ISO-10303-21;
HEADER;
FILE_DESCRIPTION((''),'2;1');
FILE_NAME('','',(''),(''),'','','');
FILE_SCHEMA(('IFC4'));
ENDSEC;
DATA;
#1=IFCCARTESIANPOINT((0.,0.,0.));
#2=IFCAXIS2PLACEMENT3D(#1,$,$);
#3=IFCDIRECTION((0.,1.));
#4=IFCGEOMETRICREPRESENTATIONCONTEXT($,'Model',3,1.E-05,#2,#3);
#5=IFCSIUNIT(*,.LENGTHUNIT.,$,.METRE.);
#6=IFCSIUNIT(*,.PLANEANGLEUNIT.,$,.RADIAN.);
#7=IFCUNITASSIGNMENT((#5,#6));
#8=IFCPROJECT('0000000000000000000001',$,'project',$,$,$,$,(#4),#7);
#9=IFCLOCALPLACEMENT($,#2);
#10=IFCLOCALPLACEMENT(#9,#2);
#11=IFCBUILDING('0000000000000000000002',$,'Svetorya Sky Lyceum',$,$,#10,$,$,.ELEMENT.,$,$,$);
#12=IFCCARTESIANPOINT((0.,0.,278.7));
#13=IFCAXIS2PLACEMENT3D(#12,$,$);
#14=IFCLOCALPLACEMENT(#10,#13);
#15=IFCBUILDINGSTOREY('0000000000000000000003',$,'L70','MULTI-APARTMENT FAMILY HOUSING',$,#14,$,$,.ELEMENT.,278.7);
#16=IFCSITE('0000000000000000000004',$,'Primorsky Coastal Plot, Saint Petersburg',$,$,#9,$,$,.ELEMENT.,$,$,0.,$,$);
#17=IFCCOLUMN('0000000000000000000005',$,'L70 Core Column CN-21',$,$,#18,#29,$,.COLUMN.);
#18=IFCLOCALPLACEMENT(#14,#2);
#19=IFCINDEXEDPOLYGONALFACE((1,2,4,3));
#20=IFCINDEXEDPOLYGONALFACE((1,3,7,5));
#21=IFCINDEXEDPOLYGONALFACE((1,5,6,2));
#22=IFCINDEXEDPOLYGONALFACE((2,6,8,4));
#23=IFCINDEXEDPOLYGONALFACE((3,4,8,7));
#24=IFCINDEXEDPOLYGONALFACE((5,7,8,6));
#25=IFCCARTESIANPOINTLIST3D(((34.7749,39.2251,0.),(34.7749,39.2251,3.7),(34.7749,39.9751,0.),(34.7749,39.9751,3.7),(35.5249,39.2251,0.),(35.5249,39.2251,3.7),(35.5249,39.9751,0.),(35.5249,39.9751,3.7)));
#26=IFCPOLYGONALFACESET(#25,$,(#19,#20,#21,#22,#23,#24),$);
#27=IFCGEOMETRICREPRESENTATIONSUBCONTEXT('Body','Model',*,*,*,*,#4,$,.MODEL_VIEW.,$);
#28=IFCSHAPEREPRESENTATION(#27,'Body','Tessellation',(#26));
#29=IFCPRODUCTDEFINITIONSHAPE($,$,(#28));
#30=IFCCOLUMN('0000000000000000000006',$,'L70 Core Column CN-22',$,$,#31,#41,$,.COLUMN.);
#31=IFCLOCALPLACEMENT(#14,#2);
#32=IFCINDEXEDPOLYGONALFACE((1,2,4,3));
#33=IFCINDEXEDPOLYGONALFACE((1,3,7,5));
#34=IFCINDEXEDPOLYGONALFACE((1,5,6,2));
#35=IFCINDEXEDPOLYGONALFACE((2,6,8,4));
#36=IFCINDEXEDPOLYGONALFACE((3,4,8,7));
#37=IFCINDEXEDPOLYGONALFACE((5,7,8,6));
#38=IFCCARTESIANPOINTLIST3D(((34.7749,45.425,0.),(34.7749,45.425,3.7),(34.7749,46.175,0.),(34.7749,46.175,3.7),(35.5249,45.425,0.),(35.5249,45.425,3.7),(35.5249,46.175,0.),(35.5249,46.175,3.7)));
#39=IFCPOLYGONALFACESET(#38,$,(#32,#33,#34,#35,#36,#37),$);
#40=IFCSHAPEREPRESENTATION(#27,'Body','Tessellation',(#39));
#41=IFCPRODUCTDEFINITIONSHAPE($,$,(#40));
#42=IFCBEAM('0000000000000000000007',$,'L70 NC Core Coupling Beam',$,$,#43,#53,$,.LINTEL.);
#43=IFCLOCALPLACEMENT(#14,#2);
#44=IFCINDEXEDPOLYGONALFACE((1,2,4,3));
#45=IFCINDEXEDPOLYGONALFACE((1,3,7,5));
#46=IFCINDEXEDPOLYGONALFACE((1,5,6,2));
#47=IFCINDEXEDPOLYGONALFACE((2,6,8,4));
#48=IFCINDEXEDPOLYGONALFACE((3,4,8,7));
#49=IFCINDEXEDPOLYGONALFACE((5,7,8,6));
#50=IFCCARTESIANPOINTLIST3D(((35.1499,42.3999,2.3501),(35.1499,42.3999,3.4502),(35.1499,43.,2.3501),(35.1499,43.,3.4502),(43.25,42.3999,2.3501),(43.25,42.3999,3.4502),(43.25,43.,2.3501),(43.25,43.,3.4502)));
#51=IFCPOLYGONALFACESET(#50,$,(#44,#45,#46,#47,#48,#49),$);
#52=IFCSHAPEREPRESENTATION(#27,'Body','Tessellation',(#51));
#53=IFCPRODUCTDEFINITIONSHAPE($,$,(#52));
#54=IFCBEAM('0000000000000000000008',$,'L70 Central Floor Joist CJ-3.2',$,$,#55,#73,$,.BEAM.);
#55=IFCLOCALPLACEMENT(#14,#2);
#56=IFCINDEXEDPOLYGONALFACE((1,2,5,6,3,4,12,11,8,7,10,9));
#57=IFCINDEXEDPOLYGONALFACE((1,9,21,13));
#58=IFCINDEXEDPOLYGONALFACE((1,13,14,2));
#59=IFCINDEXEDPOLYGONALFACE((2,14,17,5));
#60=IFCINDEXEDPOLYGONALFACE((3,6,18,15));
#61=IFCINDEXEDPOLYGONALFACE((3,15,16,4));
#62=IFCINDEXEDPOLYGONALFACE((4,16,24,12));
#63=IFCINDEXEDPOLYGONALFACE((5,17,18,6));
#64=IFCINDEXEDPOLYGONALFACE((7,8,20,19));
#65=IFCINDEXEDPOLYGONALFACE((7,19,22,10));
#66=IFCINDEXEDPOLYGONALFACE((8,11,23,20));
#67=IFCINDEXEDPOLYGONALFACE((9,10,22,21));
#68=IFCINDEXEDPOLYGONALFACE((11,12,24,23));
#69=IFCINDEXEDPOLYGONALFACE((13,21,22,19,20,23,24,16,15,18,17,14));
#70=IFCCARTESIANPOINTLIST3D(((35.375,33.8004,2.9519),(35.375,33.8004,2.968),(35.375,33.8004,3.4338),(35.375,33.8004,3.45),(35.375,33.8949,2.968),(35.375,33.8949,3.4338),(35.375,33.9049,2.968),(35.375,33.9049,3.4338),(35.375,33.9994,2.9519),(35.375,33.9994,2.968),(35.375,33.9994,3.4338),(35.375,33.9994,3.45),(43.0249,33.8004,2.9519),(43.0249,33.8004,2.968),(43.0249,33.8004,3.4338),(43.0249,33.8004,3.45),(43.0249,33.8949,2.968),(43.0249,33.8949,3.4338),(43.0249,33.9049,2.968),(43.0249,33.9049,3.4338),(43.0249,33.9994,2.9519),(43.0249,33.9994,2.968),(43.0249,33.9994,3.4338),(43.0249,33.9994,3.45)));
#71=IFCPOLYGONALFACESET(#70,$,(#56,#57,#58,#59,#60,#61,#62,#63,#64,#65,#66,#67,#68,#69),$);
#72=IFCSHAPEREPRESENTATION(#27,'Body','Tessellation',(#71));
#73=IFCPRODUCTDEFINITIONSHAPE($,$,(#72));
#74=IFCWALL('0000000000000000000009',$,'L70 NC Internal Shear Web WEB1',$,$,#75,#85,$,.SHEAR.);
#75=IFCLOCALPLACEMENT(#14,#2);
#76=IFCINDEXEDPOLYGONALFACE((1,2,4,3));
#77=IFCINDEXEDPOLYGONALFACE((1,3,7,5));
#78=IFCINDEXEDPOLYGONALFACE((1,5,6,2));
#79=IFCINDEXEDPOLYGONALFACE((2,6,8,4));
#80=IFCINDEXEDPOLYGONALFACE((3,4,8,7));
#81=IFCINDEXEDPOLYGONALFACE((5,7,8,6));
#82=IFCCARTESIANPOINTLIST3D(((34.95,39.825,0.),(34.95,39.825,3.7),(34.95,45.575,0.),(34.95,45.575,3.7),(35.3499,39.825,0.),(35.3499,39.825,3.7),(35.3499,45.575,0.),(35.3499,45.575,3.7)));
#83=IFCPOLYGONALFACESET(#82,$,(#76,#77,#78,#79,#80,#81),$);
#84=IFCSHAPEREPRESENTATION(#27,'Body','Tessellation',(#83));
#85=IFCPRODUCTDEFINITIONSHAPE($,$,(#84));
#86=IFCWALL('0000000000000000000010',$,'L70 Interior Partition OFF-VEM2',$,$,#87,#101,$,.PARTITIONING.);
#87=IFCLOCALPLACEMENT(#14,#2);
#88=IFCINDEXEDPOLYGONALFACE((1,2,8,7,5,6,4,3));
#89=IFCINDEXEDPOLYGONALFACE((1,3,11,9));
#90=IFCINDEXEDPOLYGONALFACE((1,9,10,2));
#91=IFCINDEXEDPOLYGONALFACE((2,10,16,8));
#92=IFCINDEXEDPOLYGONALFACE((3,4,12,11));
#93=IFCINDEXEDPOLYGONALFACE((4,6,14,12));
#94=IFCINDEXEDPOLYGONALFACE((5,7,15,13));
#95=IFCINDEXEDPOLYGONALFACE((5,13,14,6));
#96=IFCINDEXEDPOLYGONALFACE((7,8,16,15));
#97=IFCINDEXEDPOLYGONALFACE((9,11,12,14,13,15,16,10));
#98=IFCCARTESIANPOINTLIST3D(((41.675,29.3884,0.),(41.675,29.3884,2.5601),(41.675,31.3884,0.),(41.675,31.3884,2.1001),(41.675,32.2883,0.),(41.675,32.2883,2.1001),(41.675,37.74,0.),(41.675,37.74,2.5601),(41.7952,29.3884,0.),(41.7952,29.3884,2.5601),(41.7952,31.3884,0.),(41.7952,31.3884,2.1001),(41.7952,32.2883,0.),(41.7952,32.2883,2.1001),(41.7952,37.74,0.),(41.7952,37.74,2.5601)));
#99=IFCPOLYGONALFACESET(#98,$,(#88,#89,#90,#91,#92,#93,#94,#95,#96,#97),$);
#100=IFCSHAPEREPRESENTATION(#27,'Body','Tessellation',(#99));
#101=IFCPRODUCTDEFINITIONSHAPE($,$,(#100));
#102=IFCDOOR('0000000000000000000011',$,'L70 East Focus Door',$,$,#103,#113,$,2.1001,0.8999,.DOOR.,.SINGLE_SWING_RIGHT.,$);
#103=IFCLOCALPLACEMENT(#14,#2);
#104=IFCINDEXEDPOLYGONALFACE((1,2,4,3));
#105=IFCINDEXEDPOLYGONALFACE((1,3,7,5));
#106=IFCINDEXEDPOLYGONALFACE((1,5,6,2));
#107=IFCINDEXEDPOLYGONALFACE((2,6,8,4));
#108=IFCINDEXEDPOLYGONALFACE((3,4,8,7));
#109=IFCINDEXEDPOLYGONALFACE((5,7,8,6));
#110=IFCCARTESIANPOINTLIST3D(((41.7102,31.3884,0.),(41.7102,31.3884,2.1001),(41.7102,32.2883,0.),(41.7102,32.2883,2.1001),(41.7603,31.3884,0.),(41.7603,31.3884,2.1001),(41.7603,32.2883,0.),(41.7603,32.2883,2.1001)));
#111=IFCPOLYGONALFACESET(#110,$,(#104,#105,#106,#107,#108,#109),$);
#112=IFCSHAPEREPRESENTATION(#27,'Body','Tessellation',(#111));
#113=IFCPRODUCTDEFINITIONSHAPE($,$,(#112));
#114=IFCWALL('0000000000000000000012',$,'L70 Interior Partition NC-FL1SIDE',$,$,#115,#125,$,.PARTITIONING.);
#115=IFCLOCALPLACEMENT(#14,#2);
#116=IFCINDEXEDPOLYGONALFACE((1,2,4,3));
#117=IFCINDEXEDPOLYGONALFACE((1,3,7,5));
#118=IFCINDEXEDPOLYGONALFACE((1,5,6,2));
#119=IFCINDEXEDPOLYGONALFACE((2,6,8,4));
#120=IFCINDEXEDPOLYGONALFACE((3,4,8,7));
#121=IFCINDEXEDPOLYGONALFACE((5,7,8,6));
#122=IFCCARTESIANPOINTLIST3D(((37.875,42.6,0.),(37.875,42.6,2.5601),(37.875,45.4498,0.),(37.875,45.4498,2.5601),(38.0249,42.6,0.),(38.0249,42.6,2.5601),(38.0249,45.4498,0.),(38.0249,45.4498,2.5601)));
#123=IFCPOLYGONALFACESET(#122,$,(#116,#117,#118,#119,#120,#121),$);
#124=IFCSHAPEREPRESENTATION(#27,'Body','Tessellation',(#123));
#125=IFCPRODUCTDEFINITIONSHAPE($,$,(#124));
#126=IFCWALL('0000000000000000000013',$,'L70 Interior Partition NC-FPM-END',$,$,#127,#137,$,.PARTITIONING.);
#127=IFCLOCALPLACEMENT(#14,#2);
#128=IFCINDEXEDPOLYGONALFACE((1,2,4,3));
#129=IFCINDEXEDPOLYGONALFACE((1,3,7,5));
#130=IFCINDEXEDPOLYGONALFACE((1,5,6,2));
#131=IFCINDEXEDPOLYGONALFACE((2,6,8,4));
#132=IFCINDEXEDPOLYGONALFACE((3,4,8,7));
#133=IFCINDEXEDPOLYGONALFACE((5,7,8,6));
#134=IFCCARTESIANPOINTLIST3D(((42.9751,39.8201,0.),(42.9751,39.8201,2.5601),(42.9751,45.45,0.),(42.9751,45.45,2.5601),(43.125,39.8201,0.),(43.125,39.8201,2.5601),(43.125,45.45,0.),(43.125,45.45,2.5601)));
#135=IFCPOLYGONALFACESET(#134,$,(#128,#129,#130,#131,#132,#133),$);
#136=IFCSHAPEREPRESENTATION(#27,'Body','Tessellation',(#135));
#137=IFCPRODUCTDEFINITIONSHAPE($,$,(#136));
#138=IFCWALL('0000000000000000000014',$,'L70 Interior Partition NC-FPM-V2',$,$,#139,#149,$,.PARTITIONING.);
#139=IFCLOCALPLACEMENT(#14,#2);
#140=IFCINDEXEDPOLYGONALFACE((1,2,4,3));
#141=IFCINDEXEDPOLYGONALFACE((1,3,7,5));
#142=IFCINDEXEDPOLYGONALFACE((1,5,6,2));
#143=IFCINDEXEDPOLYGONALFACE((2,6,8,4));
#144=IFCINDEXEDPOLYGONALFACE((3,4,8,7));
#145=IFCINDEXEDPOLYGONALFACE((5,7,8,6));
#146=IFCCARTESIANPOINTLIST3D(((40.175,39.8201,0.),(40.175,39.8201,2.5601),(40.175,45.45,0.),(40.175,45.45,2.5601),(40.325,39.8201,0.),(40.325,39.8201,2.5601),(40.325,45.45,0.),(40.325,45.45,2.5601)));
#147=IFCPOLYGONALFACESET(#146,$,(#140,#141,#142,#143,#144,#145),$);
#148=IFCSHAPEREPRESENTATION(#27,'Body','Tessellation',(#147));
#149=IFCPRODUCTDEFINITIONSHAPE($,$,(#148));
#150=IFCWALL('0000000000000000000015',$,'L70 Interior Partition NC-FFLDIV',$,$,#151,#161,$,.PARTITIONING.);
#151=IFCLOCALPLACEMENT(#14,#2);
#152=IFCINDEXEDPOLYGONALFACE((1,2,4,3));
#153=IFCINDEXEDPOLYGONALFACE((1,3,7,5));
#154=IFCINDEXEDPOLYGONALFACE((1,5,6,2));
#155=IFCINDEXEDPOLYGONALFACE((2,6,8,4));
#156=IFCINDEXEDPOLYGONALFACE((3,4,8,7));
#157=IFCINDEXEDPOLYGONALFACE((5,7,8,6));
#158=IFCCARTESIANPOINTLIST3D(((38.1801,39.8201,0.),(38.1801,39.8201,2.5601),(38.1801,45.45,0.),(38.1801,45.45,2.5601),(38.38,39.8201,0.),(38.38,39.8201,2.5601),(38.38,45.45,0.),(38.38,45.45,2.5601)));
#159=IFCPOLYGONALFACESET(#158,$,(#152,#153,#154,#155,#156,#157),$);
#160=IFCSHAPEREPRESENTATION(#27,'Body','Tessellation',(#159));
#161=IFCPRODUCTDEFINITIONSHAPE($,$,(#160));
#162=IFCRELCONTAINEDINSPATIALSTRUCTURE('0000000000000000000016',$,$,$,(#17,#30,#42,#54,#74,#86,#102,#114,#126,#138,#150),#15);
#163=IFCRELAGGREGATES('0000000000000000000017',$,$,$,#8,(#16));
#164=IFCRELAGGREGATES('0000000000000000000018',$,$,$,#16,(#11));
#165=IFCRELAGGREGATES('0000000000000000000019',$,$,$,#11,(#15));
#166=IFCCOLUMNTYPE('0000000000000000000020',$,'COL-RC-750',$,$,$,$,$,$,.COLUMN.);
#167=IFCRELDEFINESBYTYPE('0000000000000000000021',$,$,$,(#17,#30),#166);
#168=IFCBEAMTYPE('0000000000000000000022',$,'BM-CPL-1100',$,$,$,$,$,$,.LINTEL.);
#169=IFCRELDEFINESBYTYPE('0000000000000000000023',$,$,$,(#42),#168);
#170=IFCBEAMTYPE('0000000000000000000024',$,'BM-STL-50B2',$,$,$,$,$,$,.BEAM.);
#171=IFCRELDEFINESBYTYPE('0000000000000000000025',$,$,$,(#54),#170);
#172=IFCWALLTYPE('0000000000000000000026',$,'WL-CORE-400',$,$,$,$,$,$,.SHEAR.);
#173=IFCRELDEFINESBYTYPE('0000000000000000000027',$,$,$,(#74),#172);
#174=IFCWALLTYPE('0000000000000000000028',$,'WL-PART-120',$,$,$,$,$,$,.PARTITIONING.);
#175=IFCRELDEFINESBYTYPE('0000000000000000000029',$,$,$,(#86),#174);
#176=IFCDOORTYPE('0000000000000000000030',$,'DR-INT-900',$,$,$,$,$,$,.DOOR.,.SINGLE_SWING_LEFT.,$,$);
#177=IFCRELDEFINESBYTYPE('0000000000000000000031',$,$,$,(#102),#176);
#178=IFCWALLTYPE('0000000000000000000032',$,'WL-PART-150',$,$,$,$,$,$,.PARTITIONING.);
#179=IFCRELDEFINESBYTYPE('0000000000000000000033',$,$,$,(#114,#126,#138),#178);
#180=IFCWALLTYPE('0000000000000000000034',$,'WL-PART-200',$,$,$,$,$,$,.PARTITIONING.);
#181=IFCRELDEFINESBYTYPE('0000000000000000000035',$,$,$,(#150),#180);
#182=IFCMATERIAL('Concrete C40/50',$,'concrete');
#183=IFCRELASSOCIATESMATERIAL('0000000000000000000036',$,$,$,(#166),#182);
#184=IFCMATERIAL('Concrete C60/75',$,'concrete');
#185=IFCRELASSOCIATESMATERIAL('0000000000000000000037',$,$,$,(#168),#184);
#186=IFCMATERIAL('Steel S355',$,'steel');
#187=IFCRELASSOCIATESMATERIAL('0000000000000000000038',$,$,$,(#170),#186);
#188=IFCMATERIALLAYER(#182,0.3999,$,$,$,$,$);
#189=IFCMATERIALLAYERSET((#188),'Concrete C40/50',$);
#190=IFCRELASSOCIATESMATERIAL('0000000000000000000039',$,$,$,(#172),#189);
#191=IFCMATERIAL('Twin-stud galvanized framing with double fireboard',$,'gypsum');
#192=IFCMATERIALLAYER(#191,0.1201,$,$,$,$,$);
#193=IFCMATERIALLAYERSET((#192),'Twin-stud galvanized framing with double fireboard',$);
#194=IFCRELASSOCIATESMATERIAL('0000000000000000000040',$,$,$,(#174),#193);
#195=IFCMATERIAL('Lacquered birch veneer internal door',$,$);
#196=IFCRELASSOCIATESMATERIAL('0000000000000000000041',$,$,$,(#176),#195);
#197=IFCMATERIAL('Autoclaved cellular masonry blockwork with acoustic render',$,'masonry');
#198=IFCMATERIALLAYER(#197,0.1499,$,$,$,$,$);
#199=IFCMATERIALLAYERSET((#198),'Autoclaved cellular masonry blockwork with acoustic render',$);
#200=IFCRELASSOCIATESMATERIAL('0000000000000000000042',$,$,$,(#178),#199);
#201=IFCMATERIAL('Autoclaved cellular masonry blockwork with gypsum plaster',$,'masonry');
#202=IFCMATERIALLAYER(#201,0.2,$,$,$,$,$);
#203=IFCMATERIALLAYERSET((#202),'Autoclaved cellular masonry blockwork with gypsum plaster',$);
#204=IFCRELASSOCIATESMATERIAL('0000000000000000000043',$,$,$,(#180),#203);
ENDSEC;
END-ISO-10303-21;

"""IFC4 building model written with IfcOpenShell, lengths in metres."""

from ifc_helpers import new_model, si_unit, direction, frame, frame_2d, origin, origin_2d, place, context, subcontext, project, spatial, rectangle, i_section, extrude, material, layer, layer_set, material_profile, profile_set, type_object, element, fill, save


model = new_model("IFC4")

# Units and contexts
model_context = context("Model", 3, precision=1e-05, world=origin(), true_north=direction((0.0, 1.0)))
body_context = subcontext(model_context, "Body", "Model", "MODEL_VIEW")
ifc_project = project(units=[si_unit("LENGTHUNIT", "METRE"), si_unit("PLANEANGLEUNIT", "RADIAN")], contexts=[model_context])

# Site, building, storey
site_placement = place(None, origin())
site = spatial("IfcSite", under=ifc_project, at=site_placement, Name="Primorsky Coastal Plot, Saint Petersburg", CompositionType="ELEMENT", RefElevation=0.0)
building_placement = place(site_placement, origin())
building = spatial("IfcBuilding", under=site, at=building_placement, Name="Svetorya Sky Lyceum", CompositionType="ELEMENT")
storey_placement = place(building_placement, frame((0.0, 0.0, 278.7)))
storey = spatial("IfcBuildingStorey", under=building, at=storey_placement, Name="L70", Description="MULTI-APARTMENT FAMILY HOUSING", CompositionType="ELEMENT", Elevation=278.7)

# Columns
ifc_material_1 = material(Name="Concrete C40/50", Category="concrete")
ifc_material_profile_1 = material_profile(ifc_material_1, rectangle(XDim=0.75, YDim=0.75, at=origin_2d()), Name="RC COL 750x750")
ifc_profile_set_1 = profile_set([ifc_material_profile_1], Name="Concrete C40/50")
column_type = type_object("IfcColumnType", Name="COL-RC-750", PredefinedType="COLUMN", material=ifc_profile_set_1)
for number, where, z_axis, x_axis, name in (
    (1, (35.1499, 39.6001, 0.0), (0.0, 0.0, 1.0), (1.0, 0.0, 0.0), "L70 Core Column CN-21"),
    (2, (35.1499, 45.8, 0.0), (0.0, 0.0, 1.0), (1.0, 0.0, 0.0), "L70 Core Column CN-22"),
):
    element("IfcColumn", number, at=place(storey_placement, frame(where, z_axis=z_axis, x_axis=x_axis)), inside=storey, type_object=column_type, Name=name, PredefinedType="COLUMN", context=body_context, shape_type="SweptSolid", body=[
        extrude(rectangle(XDim=0.75, YDim=0.75, at=origin_2d()), origin(), (0.0, 0.0, 1.0), 3.7),
    ])

# Beams
ifc_material_2 = material(Name="Concrete C60/75", Category="concrete")
ifc_material_profile_2 = material_profile(ifc_material_2, rectangle(XDim=0.6001, YDim=1.1001, at=origin_2d()), Name="RC COUPLING 600x1100")
ifc_profile_set_2 = profile_set([ifc_material_profile_2], Name="Concrete C60/75")
beam_type_1 = type_object("IfcBeamType", Name="BM-CPL-1100", PredefinedType="LINTEL", material=ifc_profile_set_2)
beam_1_placement = place(storey_placement, frame((35.1499, 42.7, 2.9001), z_axis=(1.0, 0.0, 0.0), x_axis=(0.0, 1.0, 0.0)))
element("IfcBeam", 3, at=beam_1_placement, inside=storey, type_object=beam_type_1, Name="L70 NC Core Coupling Beam", PredefinedType="LINTEL", context=body_context, shape_type="SweptSolid", body=[
    extrude(rectangle(XDim=0.6001, YDim=1.1001, at=origin_2d()), origin(), (0.0, 0.0, 1.0), 8.1001),
])
ifc_material_3 = material(Name="Steel S355", Category="steel")
ifc_material_profile_3 = material_profile(ifc_material_3, i_section(OverallWidth=0.199, OverallDepth=0.498, WebThickness=0.01, FlangeThickness=0.0161, at=origin_2d()), Name="GOST 50B2")
ifc_profile_set_3 = profile_set([ifc_material_profile_3], Name="Steel S355")
beam_type_2 = type_object("IfcBeamType", Name="BM-STL-50B2", PredefinedType="BEAM", material=ifc_profile_set_3)
beam_2_placement = place(storey_placement, frame((35.375, 33.8999, 3.2009), z_axis=(1.0, 0.0, 0.0), x_axis=(0.0, 1.0, 0.0)))
element("IfcBeam", 4, at=beam_2_placement, inside=storey, type_object=beam_type_2, Name="L70 Central Floor Joist CJ-3.2", PredefinedType="BEAM", context=body_context, shape_type="SweptSolid", body=[
    extrude(i_section(OverallWidth=0.199, OverallDepth=0.498, WebThickness=0.01, FlangeThickness=0.0161, at=origin_2d()), origin(), (0.0, 0.0, 1.0), 7.6499),
])

# Wall
ifc_layer_1 = layer(ifc_material_1, 0.3999)
ifc_layer_set_1 = layer_set([ifc_layer_1], Name="Concrete C40/50")
wall_type_1 = type_object("IfcWallType", Name="WL-CORE-400", PredefinedType="SHEAR", material=ifc_layer_set_1)
wall_1_placement = place(storey_placement, frame((35.1499, 39.825, 0.0), z_axis=(0.0, 0.0, 1.0), x_axis=(0.0, 1.0, 0.0)))
element("IfcWall", 5, at=wall_1_placement, inside=storey, type_object=wall_type_1, Name="L70 NC Internal Shear Web WEB1", PredefinedType="SHEAR", context=body_context, shape_type="SweptSolid", body=[
    extrude(rectangle(XDim=5.75, YDim=0.3999, at=frame_2d((2.875, 0.0))), origin(), (0.0, 0.0, 1.0), 3.7),
])

# Wall, opening, door
ifc_material_4 = material(Name="Twin-stud galvanized framing with double fireboard", Category="gypsum")
ifc_layer_2 = layer(ifc_material_4, 0.1201)
ifc_layer_set_2 = layer_set([ifc_layer_2], Name="Twin-stud galvanized framing with double fireboard")
wall_type_2 = type_object("IfcWallType", Name="WL-PART-120", PredefinedType="PARTITIONING", material=ifc_layer_set_2)
wall_2_placement = place(storey_placement, frame((41.7351, 29.3884, 0.0), z_axis=(0.0, 0.0, 1.0), x_axis=(0.0, 1.0, 0.0)))
wall_2 = element("IfcWall", 6, at=wall_2_placement, inside=storey, type_object=wall_type_2, Name="L70 Interior Partition OFF-VEM2", PredefinedType="PARTITIONING", context=body_context, shape_type="SweptSolid", body=[
    extrude(rectangle(XDim=8.3516, YDim=0.1201, at=frame_2d((4.1758, 0.0))), origin(), (0.0, 0.0, 1.0), 2.5601),
])
opening_1_placement = place(wall_2_placement, frame((2.0, 0.0, 0.0)))
opening_1 = element("IfcOpeningElement", 7, at=opening_1_placement, cuts=wall_2, PredefinedType="OPENING", context=body_context, shape_type="SweptSolid", body=[
    extrude(rectangle(XDim=0.8999, YDim=2.1001, at=frame_2d((0.45, 1.05))), frame((0.0, 0.0701, 0.0), z_axis=(0.0, -1.0, 0.0), x_axis=(1.0, 0.0, 0.0)), (0.0, 0.0, 1.0), 0.1401),
])
ifc_material_5 = material(Name="Lacquered birch veneer internal door")
door_type_1 = type_object("IfcDoorType", Name="DR-INT-900", OperationType="SINGLE_SWING_LEFT", PredefinedType="DOOR", material=ifc_material_5)
door_1_placement = place(opening_1_placement, origin())
door_1 = element("IfcDoor", 8, at=door_1_placement, inside=storey, type_object=door_type_1, Name="L70 East Focus Door", OperationType="SINGLE_SWING_RIGHT", OverallHeight=2.1001, OverallWidth=0.8999, PredefinedType="DOOR", context=body_context, shape_type="SweptSolid", body=[
    extrude(rectangle(XDim=0.8999, YDim=2.1001, at=frame_2d((0.45, 1.05))), frame((0.0, 0.0249, 0.0), z_axis=(0.0, -1.0, 0.0), x_axis=(1.0, 0.0, 0.0)), (0.0, 0.0, 1.0), 0.05),
])
fill(opening_1, door_1)

# Walls
ifc_material_6 = material(Name="Autoclaved cellular masonry blockwork with acoustic render", Category="masonry")
ifc_layer_3 = layer(ifc_material_6, 0.1499)
ifc_layer_set_3 = layer_set([ifc_layer_3], Name="Autoclaved cellular masonry blockwork with acoustic render")
wall_type_3 = type_object("IfcWallType", Name="WL-PART-150", PredefinedType="PARTITIONING", material=ifc_layer_set_3)
wall_3_placement = place(storey_placement, frame((37.95, 42.6001, 0.0), z_axis=(0.0, 0.0, 1.0), x_axis=(0.0, 1.0, 0.0)))
element("IfcWall", 9, at=wall_3_placement, inside=storey, type_object=wall_type_3, Name="L70 Interior Partition NC-FL1SIDE", PredefinedType="PARTITIONING", context=body_context, shape_type="SweptSolid", body=[
    extrude(rectangle(XDim=2.8499, YDim=0.1499, at=frame_2d((1.4248, 0.0))), origin(), (0.0, 0.0, 1.0), 2.5601),
])
for number, where, z_axis, x_axis, name in (
    (10, (43.05, 39.8201, 0.0), (0.0, 0.0, 1.0), (0.0, 1.0, 0.0), "L70 Interior Partition NC-FPM-END"),
    (11, (40.25, 39.8201, 0.0), (0.0, 0.0, 1.0), (0.0, 1.0, 0.0), "L70 Interior Partition NC-FPM-V2"),
):
    element("IfcWall", number, at=place(storey_placement, frame(where, z_axis=z_axis, x_axis=x_axis)), inside=storey, type_object=wall_type_3, Name=name, PredefinedType="PARTITIONING", context=body_context, shape_type="SweptSolid", body=[
        extrude(rectangle(XDim=5.6299, YDim=0.1499, at=frame_2d((2.8149, 0.0))), origin(), (0.0, 0.0, 1.0), 2.5601),
    ])

# Shared definitions
ifc_material_7 = material(Name="Autoclaved cellular masonry blockwork with gypsum plaster", Category="masonry")
ifc_layer_4 = layer(ifc_material_7, 0.2)
ifc_layer_set_4 = layer_set([ifc_layer_4], Name="Autoclaved cellular masonry blockwork with gypsum plaster")
wall_type_4 = type_object("IfcWallType", Name="WL-PART-200", PredefinedType="PARTITIONING", material=ifc_layer_set_4)

# Wall
wall_4_placement = place(storey_placement, frame((38.28, 39.8201, 0.0), z_axis=(0.0, 0.0, 1.0), x_axis=(0.0, 1.0, 0.0)))
element("IfcWall", 12, at=wall_4_placement, inside=storey, type_object=wall_type_4, Name="L70 Interior Partition NC-FFLDIV", PredefinedType="PARTITIONING", context=body_context, shape_type="SweptSolid", body=[
    extrude(rectangle(XDim=5.6299, YDim=0.2, at=frame_2d((2.8149, 0.0))), origin(), (0.0, 0.0, 1.0), 2.5601),
])

save(model, "model.ifc")
